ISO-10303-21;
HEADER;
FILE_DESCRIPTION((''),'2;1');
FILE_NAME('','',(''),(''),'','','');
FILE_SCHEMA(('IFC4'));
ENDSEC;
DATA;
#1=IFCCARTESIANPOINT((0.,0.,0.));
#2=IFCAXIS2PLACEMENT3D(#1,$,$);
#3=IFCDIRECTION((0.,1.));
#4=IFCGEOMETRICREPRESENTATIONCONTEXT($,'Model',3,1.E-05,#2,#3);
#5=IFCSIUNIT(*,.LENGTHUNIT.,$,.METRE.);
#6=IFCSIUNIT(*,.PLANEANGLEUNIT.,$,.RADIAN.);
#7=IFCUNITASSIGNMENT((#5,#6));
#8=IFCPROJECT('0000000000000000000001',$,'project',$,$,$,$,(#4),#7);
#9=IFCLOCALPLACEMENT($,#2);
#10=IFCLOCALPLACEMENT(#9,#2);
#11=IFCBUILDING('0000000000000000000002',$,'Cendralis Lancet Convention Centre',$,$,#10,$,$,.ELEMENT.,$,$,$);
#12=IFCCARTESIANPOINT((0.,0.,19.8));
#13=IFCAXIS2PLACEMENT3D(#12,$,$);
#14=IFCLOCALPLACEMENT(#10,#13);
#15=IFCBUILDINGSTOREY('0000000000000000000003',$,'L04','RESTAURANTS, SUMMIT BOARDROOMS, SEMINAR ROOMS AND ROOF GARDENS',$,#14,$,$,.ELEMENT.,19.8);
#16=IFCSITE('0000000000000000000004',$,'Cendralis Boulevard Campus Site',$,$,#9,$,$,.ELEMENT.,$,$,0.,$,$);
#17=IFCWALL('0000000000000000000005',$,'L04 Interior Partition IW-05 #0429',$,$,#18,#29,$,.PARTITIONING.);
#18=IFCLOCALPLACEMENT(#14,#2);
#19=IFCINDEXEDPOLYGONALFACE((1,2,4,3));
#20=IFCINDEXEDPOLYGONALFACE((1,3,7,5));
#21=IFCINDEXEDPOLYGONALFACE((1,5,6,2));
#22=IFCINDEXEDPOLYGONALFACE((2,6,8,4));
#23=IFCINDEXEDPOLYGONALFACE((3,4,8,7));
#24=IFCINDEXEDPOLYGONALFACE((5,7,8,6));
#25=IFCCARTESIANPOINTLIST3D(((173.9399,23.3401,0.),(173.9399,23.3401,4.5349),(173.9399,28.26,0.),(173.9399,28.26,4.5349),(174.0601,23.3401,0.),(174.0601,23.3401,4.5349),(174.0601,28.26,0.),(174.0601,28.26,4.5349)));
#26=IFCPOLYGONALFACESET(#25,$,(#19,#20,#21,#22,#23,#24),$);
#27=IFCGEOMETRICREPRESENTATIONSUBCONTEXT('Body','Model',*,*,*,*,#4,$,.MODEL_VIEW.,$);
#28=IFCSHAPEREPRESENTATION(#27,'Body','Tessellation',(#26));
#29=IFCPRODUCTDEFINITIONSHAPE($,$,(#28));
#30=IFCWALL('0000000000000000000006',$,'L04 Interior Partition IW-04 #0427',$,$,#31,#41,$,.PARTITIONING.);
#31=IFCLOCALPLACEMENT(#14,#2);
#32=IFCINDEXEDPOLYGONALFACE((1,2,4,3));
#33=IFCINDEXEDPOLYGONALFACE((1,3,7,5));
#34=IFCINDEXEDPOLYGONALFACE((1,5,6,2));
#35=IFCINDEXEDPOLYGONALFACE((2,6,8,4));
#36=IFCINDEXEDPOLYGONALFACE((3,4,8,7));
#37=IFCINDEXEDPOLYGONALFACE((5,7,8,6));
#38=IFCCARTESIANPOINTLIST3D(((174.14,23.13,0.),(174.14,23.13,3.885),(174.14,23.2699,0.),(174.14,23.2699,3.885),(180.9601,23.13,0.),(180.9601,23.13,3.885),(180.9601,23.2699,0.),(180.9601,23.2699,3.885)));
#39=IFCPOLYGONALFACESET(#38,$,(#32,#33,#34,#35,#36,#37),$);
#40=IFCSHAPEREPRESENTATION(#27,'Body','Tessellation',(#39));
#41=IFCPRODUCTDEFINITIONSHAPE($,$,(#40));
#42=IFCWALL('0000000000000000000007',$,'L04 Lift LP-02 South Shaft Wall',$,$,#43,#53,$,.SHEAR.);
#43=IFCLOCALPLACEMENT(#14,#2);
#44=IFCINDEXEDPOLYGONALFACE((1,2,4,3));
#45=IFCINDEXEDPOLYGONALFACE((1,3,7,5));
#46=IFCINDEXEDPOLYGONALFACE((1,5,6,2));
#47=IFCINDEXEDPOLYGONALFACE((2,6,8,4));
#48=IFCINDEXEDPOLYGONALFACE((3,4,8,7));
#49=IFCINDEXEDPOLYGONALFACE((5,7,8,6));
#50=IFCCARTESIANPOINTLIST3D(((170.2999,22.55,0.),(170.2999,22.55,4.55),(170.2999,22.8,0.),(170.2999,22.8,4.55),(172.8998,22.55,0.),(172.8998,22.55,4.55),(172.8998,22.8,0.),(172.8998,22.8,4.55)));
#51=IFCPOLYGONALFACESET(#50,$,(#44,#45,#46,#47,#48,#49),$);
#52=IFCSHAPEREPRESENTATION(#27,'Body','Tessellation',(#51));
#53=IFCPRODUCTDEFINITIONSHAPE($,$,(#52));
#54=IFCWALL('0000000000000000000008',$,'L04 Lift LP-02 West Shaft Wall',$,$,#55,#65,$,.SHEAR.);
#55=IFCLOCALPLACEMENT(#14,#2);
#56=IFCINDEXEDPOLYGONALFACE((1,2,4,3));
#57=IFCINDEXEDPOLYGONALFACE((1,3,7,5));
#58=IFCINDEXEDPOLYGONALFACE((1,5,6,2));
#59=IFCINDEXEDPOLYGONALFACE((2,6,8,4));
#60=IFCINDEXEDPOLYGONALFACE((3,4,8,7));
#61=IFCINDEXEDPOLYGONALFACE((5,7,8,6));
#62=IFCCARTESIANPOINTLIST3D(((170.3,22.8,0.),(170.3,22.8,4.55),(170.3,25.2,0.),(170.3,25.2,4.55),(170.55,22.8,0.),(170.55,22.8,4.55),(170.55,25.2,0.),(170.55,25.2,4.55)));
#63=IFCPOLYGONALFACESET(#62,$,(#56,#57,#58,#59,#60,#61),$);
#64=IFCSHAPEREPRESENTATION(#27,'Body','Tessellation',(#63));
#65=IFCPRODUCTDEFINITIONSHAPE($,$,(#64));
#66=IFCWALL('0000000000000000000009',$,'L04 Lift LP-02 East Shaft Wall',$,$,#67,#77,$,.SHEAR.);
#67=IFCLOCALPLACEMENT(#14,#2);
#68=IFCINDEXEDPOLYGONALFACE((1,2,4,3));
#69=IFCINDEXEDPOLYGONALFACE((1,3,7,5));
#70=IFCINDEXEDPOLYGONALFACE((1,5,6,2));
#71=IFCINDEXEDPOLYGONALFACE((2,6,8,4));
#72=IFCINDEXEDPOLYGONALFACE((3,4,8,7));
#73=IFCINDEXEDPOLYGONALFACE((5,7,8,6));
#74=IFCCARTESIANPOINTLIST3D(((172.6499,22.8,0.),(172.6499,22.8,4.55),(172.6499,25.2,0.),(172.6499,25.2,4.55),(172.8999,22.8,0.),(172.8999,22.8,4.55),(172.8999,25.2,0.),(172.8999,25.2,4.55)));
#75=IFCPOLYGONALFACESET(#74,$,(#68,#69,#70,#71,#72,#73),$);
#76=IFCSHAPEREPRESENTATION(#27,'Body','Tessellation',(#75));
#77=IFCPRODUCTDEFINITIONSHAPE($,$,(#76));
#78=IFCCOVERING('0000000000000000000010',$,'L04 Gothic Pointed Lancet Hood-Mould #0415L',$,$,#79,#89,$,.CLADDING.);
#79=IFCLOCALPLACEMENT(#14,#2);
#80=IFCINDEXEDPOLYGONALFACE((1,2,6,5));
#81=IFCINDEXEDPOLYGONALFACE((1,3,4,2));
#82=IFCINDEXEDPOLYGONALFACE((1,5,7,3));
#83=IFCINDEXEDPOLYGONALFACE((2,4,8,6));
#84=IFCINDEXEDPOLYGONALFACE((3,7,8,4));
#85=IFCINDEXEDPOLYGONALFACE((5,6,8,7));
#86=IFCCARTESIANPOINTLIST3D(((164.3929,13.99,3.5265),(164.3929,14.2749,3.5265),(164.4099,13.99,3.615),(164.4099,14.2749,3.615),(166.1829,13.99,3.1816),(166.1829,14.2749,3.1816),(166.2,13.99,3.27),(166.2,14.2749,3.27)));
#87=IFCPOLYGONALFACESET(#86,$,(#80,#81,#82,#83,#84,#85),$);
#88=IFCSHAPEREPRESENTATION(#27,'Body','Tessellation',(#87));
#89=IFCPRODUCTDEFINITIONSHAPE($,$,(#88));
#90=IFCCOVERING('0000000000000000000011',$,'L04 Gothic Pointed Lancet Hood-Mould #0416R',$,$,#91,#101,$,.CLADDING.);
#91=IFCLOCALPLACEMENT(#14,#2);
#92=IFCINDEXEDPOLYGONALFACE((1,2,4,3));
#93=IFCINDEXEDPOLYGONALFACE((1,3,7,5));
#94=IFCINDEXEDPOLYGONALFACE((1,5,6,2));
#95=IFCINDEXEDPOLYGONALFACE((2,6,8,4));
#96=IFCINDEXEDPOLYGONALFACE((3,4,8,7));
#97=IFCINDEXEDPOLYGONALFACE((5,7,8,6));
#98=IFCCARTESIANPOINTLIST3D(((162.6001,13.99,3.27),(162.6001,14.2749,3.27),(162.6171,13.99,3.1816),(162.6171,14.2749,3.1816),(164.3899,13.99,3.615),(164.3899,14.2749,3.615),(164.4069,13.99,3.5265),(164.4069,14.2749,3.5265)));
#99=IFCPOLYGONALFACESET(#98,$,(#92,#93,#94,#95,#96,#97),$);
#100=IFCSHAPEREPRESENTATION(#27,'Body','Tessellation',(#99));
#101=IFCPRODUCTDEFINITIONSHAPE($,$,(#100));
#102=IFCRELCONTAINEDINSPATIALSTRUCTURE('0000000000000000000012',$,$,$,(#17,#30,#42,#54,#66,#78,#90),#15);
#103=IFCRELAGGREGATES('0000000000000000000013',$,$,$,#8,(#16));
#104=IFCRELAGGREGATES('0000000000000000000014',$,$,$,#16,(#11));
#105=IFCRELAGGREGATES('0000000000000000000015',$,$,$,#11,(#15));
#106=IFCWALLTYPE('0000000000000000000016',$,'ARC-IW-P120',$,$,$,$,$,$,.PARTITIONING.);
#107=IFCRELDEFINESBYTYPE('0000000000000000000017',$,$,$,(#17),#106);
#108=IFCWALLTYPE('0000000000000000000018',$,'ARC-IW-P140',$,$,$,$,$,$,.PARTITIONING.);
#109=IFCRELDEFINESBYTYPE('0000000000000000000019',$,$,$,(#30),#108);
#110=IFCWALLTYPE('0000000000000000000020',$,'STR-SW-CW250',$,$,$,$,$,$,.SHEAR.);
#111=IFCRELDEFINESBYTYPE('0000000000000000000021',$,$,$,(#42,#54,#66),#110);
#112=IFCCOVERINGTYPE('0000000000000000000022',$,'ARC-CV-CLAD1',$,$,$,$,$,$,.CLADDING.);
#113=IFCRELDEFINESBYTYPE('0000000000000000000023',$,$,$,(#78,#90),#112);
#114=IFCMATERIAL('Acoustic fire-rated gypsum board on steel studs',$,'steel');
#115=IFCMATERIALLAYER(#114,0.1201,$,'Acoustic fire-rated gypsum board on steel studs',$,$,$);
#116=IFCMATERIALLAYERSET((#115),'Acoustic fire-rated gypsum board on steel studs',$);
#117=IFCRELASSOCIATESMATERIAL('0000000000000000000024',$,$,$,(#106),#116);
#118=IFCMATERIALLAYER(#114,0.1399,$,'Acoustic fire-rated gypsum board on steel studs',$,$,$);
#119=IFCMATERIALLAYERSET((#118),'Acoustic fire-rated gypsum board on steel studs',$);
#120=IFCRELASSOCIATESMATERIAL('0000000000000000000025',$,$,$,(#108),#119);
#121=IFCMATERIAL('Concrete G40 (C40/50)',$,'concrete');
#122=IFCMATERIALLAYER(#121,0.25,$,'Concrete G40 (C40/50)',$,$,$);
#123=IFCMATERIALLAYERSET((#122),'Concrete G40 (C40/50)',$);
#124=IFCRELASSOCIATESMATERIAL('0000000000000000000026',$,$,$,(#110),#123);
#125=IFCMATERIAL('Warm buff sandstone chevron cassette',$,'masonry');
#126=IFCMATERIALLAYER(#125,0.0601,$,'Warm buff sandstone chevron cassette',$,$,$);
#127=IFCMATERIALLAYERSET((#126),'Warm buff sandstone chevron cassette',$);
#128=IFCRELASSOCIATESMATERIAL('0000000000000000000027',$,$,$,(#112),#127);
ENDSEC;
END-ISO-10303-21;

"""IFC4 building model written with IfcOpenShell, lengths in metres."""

from ifc_helpers import new_model, si_unit, direction, frame, frame_2d, origin, place, context, subcontext, project, spatial, polyline, rectangle, outline, extrude, material, layer, layer_set, type_object, element, save


model = new_model("IFC4")

# Units and contexts
model_context = context("Model", 3, precision=1e-05, world=origin(), true_north=direction((0.0, 1.0)))
body_context = subcontext(model_context, "Body", "Model", "MODEL_VIEW")
ifc_project = project(units=[si_unit("LENGTHUNIT", "METRE"), si_unit("PLANEANGLEUNIT", "RADIAN")], contexts=[model_context])

# Site, building, storey
site_placement = place(None, origin())
site = spatial("IfcSite", under=ifc_project, at=site_placement, Name="Cendralis Boulevard Campus Site", CompositionType="ELEMENT", RefElevation=0.0)
building_placement = place(site_placement, origin())
building = spatial("IfcBuilding", under=site, at=building_placement, Name="Cendralis Lancet Convention Centre", CompositionType="ELEMENT")
storey_placement = place(building_placement, frame((0.0, 0.0, 19.8)))
storey = spatial("IfcBuildingStorey", under=building, at=storey_placement, Name="L04", Description="RESTAURANTS, SUMMIT BOARDROOMS, SEMINAR ROOMS AND ROOF GARDENS", CompositionType="ELEMENT", Elevation=19.8)

# Shared definitions
ifc_material_1 = material(Name="Concrete G40 (C40/50)", Category="concrete")

# Walls
ifc_material_2 = material(Name="Acoustic fire-rated gypsum board on steel studs", Category="steel")
ifc_layer_1 = layer(ifc_material_2, 0.1201, Name="Acoustic fire-rated gypsum board on steel studs")
ifc_layer_set_1 = layer_set([ifc_layer_1], Name="Acoustic fire-rated gypsum board on steel studs")
wall_type_1 = type_object("IfcWallType", Name="ARC-IW-P120", PredefinedType="PARTITIONING", material=ifc_layer_set_1)
wall_1_placement = place(storey_placement, frame((174.0, 23.3401, 0.0), z_axis=(0.0, 0.0, 1.0), x_axis=(0.0, 1.0, 0.0)))
element("IfcWall", 1, at=wall_1_placement, inside=storey, type_object=wall_type_1, Name="L04 Interior Partition IW-05 #0429", PredefinedType="PARTITIONING", context=body_context, shape_type="SweptSolid", body=[
    extrude(rectangle(XDim=4.9199, YDim=0.1201, at=frame_2d((2.46, 0.0))), origin(), (0.0, 0.0, 1.0), 4.5349),
])
ifc_layer_2 = layer(ifc_material_2, 0.1399, Name="Acoustic fire-rated gypsum board on steel studs")
ifc_layer_set_2 = layer_set([ifc_layer_2], Name="Acoustic fire-rated gypsum board on steel studs")
wall_type_2 = type_object("IfcWallType", Name="ARC-IW-P140", PredefinedType="PARTITIONING", material=ifc_layer_set_2)
wall_2_placement = place(storey_placement, frame((174.1399, 23.2, 0.0), z_axis=(0.0, 0.0, 1.0), x_axis=(1.0, 0.0, 0.0)))
element("IfcWall", 2, at=wall_2_placement, inside=storey, type_object=wall_type_2, Name="L04 Interior Partition IW-04 #0427", PredefinedType="PARTITIONING", context=body_context, shape_type="SweptSolid", body=[
    extrude(rectangle(XDim=6.8201, YDim=0.1399, at=frame_2d((3.4102, 0.0))), origin(), (0.0, 0.0, 1.0), 3.885),
])
ifc_layer_3 = layer(ifc_material_1, 0.25, Name="Concrete G40 (C40/50)")
ifc_layer_set_3 = layer_set([ifc_layer_3], Name="Concrete G40 (C40/50)")
wall_type_3 = type_object("IfcWallType", Name="STR-SW-CW250", PredefinedType="SHEAR", material=ifc_layer_set_3)
wall_3_placement = place(storey_placement, frame((170.3, 22.675, 0.0), z_axis=(0.0, 0.0, 1.0), x_axis=(1.0, 0.0, 0.0)))
element("IfcWall", 3, at=wall_3_placement, inside=storey, type_object=wall_type_3, Name="L04 Lift LP-02 South Shaft Wall", PredefinedType="SHEAR", context=body_context, shape_type="SweptSolid", body=[
    extrude(rectangle(XDim=2.5999, YDim=0.25, at=frame_2d((1.2998, 0.0))), origin(), (0.0, 0.0, 1.0), 4.55),
])
for number, where, z_axis, x_axis, name in (
    (4, (170.425, 22.8, 0.0), (0.0, 0.0, 1.0), (0.0, 1.0, 0.0), "L04 Lift LP-02 West Shaft Wall"),
    (5, (172.7749, 22.8, 0.0), (0.0, 0.0, 1.0), (0.0, 1.0, 0.0), "L04 Lift LP-02 East Shaft Wall"),
):
    element("IfcWall", number, at=place(storey_placement, frame(where, z_axis=z_axis, x_axis=x_axis)), inside=storey, type_object=wall_type_3, Name=name, PredefinedType="SHEAR", context=body_context, shape_type="SweptSolid", body=[
        extrude(rectangle(XDim=2.3999, YDim=0.25, at=frame_2d((1.2, 0.0))), origin(), (0.0, 0.0, 1.0), 4.55),
    ])

# Coverings
ifc_material_3 = material(Name="Warm buff sandstone chevron cassette", Category="masonry")
ifc_layer_4 = layer(ifc_material_3, 0.0601, Name="Warm buff sandstone chevron cassette")
ifc_layer_set_4 = layer_set([ifc_layer_4], Name="Warm buff sandstone chevron cassette")
covering_type = type_object("IfcCoveringType", Name="ARC-CV-CLAD1", PredefinedType="CLADDING", material=ifc_layer_set_4)
covering_1_placement = place(storey_placement, frame((166.2, 13.99, 3.27), z_axis=(0.189235, 0.0, 0.981932), x_axis=(0.0, 1.0, 0.0)))
element("IfcCovering", 6, at=covering_1_placement, inside=storey, type_object=covering_type, Name="L04 Gothic Pointed Lancet Hood-Mould #0415L", PredefinedType="CLADDING", context=body_context, shape_type="SweptSolid", body=[
    extrude(outline(polyline([(0.0, 0.0), (0.2849, 0.0), (0.2849, 1.823), (0.0, 1.823), (0.0, 0.0)])), origin(), (0.0, 0.0, -1.0), 0.0901),
])
covering_2_placement = place(storey_placement, frame((164.3899, 13.99, 3.615), z_axis=(-0.18926, 0.0, 0.981927), x_axis=(0.0, 1.0, 0.0)))
element("IfcCovering", 7, at=covering_2_placement, inside=storey, type_object=covering_type, Name="L04 Gothic Pointed Lancet Hood-Mould #0416R", PredefinedType="CLADDING", context=body_context, shape_type="SweptSolid", body=[
    extrude(outline(polyline([(0.0, 0.0), (0.2849, 0.0), (0.2849, 1.8227), (0.0, 1.8227), (0.0, 0.0)])), origin(), (0.0, 0.0, -1.0), 0.0901),
])

save(model, "model.ifc")
